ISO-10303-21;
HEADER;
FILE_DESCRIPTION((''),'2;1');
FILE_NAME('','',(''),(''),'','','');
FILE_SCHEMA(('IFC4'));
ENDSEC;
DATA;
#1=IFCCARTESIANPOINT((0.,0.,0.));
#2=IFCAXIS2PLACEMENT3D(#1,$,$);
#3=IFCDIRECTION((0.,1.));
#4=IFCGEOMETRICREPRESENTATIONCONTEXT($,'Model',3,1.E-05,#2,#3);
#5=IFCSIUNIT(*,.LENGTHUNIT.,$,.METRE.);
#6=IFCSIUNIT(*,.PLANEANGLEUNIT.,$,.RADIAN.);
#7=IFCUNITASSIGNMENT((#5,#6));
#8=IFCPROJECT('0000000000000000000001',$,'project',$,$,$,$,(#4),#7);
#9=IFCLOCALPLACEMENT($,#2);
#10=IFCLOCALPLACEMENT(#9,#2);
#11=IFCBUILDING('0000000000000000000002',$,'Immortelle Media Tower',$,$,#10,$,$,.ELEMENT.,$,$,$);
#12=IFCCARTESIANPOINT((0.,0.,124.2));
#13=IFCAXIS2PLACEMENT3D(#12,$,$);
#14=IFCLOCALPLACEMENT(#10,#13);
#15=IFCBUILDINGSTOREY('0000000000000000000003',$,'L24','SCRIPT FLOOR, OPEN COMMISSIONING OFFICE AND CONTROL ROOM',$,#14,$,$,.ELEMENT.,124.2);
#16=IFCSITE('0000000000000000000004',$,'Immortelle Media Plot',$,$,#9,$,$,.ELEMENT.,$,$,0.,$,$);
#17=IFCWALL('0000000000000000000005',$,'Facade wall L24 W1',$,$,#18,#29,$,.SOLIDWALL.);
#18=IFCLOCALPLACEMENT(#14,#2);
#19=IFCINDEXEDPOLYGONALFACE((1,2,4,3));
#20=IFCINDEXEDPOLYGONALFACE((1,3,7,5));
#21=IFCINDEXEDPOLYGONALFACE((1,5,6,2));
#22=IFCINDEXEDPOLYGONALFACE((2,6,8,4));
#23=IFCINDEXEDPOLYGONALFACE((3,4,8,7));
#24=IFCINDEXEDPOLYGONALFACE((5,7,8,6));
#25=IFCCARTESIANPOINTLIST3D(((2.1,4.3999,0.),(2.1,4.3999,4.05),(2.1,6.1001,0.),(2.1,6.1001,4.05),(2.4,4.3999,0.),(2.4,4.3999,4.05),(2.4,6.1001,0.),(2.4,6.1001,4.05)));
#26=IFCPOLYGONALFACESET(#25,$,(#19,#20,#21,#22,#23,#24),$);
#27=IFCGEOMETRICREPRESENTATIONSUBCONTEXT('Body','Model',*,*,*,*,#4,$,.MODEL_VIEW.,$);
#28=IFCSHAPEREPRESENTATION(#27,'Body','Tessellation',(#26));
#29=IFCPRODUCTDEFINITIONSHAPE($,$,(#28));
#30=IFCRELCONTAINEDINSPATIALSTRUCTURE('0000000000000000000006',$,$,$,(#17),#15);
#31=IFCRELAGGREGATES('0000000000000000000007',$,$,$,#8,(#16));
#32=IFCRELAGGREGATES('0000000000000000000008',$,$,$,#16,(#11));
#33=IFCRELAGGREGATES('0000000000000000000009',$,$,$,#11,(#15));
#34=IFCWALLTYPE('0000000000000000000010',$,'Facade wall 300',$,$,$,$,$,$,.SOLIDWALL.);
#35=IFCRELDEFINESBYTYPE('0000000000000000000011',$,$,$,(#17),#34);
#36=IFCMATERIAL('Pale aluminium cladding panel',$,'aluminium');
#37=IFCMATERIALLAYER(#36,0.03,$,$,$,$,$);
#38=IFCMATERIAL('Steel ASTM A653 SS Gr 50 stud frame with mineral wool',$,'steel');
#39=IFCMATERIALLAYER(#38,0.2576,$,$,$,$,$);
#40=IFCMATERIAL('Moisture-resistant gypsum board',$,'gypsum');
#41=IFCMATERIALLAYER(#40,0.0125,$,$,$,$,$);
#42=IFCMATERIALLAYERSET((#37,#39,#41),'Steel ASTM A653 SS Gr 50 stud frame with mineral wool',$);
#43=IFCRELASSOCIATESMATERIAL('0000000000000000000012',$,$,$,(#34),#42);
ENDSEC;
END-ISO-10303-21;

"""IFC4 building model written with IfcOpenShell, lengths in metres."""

from ifc_helpers import new_model, si_unit, direction, frame, frame_2d, origin, place, context, subcontext, project, spatial, rectangle, extrude, material, layer, layer_set, type_object, element, save


model = new_model("IFC4")

# Units and contexts
model_context = context("Model", 3, precision=1e-05, world=origin(), true_north=direction((0.0, 1.0)))
body_context = subcontext(model_context, "Body", "Model", "MODEL_VIEW")
ifc_project = project(units=[si_unit("LENGTHUNIT", "METRE"), si_unit("PLANEANGLEUNIT", "RADIAN")], contexts=[model_context])

# Site, building, storey
site_placement = place(None, origin())
site = spatial("IfcSite", under=ifc_project, at=site_placement, Name="Immortelle Media Plot", CompositionType="ELEMENT", RefElevation=0.0)
building_placement = place(site_placement, origin())
building = spatial("IfcBuilding", under=site, at=building_placement, Name="Immortelle Media Tower", CompositionType="ELEMENT")
storey_placement = place(building_placement, frame((0.0, 0.0, 124.2)))
storey = spatial("IfcBuildingStorey", under=building, at=storey_placement, Name="L24", Description="SCRIPT FLOOR, OPEN COMMISSIONING OFFICE AND CONTROL ROOM", CompositionType="ELEMENT", Elevation=124.2)

# Shared definitions
ifc_material_1 = material(Name="Steel ASTM A653 SS Gr 50 stud frame with mineral wool", Category="steel")

# Wall
ifc_material_2 = material(Name="Pale aluminium cladding panel", Category="aluminium")
ifc_layer_1 = layer(ifc_material_2, 0.03)
ifc_layer_2 = layer(ifc_material_1, 0.2576)
ifc_material_3 = material(Name="Moisture-resistant gypsum board", Category="gypsum")
ifc_layer_3 = layer(ifc_material_3, 0.0125)
ifc_layer_set_1 = layer_set([ifc_layer_1, ifc_layer_2, ifc_layer_3], Name="Steel ASTM A653 SS Gr 50 stud frame with mineral wool")
wall_type_1 = type_object("IfcWallType", Name="Facade wall 300", PredefinedType="SOLIDWALL", material=ifc_layer_set_1)
wall_1_placement = place(storey_placement, frame((2.25, 6.1001, 0.0), z_axis=(0.0, 0.0, 1.0), x_axis=(0.0, -1.0, 0.0)))
element("IfcWall", 1, at=wall_1_placement, inside=storey, type_object=wall_type_1, Name="Facade wall L24 W1", PredefinedType="SOLIDWALL", context=body_context, shape_type="SweptSolid", body=[
    extrude(rectangle(XDim=1.7002, YDim=0.3, at=frame_2d((0.8501, 0.0))), origin(), (0.0, 0.0, 1.0), 4.05),
])

save(model, "model.ifc")
